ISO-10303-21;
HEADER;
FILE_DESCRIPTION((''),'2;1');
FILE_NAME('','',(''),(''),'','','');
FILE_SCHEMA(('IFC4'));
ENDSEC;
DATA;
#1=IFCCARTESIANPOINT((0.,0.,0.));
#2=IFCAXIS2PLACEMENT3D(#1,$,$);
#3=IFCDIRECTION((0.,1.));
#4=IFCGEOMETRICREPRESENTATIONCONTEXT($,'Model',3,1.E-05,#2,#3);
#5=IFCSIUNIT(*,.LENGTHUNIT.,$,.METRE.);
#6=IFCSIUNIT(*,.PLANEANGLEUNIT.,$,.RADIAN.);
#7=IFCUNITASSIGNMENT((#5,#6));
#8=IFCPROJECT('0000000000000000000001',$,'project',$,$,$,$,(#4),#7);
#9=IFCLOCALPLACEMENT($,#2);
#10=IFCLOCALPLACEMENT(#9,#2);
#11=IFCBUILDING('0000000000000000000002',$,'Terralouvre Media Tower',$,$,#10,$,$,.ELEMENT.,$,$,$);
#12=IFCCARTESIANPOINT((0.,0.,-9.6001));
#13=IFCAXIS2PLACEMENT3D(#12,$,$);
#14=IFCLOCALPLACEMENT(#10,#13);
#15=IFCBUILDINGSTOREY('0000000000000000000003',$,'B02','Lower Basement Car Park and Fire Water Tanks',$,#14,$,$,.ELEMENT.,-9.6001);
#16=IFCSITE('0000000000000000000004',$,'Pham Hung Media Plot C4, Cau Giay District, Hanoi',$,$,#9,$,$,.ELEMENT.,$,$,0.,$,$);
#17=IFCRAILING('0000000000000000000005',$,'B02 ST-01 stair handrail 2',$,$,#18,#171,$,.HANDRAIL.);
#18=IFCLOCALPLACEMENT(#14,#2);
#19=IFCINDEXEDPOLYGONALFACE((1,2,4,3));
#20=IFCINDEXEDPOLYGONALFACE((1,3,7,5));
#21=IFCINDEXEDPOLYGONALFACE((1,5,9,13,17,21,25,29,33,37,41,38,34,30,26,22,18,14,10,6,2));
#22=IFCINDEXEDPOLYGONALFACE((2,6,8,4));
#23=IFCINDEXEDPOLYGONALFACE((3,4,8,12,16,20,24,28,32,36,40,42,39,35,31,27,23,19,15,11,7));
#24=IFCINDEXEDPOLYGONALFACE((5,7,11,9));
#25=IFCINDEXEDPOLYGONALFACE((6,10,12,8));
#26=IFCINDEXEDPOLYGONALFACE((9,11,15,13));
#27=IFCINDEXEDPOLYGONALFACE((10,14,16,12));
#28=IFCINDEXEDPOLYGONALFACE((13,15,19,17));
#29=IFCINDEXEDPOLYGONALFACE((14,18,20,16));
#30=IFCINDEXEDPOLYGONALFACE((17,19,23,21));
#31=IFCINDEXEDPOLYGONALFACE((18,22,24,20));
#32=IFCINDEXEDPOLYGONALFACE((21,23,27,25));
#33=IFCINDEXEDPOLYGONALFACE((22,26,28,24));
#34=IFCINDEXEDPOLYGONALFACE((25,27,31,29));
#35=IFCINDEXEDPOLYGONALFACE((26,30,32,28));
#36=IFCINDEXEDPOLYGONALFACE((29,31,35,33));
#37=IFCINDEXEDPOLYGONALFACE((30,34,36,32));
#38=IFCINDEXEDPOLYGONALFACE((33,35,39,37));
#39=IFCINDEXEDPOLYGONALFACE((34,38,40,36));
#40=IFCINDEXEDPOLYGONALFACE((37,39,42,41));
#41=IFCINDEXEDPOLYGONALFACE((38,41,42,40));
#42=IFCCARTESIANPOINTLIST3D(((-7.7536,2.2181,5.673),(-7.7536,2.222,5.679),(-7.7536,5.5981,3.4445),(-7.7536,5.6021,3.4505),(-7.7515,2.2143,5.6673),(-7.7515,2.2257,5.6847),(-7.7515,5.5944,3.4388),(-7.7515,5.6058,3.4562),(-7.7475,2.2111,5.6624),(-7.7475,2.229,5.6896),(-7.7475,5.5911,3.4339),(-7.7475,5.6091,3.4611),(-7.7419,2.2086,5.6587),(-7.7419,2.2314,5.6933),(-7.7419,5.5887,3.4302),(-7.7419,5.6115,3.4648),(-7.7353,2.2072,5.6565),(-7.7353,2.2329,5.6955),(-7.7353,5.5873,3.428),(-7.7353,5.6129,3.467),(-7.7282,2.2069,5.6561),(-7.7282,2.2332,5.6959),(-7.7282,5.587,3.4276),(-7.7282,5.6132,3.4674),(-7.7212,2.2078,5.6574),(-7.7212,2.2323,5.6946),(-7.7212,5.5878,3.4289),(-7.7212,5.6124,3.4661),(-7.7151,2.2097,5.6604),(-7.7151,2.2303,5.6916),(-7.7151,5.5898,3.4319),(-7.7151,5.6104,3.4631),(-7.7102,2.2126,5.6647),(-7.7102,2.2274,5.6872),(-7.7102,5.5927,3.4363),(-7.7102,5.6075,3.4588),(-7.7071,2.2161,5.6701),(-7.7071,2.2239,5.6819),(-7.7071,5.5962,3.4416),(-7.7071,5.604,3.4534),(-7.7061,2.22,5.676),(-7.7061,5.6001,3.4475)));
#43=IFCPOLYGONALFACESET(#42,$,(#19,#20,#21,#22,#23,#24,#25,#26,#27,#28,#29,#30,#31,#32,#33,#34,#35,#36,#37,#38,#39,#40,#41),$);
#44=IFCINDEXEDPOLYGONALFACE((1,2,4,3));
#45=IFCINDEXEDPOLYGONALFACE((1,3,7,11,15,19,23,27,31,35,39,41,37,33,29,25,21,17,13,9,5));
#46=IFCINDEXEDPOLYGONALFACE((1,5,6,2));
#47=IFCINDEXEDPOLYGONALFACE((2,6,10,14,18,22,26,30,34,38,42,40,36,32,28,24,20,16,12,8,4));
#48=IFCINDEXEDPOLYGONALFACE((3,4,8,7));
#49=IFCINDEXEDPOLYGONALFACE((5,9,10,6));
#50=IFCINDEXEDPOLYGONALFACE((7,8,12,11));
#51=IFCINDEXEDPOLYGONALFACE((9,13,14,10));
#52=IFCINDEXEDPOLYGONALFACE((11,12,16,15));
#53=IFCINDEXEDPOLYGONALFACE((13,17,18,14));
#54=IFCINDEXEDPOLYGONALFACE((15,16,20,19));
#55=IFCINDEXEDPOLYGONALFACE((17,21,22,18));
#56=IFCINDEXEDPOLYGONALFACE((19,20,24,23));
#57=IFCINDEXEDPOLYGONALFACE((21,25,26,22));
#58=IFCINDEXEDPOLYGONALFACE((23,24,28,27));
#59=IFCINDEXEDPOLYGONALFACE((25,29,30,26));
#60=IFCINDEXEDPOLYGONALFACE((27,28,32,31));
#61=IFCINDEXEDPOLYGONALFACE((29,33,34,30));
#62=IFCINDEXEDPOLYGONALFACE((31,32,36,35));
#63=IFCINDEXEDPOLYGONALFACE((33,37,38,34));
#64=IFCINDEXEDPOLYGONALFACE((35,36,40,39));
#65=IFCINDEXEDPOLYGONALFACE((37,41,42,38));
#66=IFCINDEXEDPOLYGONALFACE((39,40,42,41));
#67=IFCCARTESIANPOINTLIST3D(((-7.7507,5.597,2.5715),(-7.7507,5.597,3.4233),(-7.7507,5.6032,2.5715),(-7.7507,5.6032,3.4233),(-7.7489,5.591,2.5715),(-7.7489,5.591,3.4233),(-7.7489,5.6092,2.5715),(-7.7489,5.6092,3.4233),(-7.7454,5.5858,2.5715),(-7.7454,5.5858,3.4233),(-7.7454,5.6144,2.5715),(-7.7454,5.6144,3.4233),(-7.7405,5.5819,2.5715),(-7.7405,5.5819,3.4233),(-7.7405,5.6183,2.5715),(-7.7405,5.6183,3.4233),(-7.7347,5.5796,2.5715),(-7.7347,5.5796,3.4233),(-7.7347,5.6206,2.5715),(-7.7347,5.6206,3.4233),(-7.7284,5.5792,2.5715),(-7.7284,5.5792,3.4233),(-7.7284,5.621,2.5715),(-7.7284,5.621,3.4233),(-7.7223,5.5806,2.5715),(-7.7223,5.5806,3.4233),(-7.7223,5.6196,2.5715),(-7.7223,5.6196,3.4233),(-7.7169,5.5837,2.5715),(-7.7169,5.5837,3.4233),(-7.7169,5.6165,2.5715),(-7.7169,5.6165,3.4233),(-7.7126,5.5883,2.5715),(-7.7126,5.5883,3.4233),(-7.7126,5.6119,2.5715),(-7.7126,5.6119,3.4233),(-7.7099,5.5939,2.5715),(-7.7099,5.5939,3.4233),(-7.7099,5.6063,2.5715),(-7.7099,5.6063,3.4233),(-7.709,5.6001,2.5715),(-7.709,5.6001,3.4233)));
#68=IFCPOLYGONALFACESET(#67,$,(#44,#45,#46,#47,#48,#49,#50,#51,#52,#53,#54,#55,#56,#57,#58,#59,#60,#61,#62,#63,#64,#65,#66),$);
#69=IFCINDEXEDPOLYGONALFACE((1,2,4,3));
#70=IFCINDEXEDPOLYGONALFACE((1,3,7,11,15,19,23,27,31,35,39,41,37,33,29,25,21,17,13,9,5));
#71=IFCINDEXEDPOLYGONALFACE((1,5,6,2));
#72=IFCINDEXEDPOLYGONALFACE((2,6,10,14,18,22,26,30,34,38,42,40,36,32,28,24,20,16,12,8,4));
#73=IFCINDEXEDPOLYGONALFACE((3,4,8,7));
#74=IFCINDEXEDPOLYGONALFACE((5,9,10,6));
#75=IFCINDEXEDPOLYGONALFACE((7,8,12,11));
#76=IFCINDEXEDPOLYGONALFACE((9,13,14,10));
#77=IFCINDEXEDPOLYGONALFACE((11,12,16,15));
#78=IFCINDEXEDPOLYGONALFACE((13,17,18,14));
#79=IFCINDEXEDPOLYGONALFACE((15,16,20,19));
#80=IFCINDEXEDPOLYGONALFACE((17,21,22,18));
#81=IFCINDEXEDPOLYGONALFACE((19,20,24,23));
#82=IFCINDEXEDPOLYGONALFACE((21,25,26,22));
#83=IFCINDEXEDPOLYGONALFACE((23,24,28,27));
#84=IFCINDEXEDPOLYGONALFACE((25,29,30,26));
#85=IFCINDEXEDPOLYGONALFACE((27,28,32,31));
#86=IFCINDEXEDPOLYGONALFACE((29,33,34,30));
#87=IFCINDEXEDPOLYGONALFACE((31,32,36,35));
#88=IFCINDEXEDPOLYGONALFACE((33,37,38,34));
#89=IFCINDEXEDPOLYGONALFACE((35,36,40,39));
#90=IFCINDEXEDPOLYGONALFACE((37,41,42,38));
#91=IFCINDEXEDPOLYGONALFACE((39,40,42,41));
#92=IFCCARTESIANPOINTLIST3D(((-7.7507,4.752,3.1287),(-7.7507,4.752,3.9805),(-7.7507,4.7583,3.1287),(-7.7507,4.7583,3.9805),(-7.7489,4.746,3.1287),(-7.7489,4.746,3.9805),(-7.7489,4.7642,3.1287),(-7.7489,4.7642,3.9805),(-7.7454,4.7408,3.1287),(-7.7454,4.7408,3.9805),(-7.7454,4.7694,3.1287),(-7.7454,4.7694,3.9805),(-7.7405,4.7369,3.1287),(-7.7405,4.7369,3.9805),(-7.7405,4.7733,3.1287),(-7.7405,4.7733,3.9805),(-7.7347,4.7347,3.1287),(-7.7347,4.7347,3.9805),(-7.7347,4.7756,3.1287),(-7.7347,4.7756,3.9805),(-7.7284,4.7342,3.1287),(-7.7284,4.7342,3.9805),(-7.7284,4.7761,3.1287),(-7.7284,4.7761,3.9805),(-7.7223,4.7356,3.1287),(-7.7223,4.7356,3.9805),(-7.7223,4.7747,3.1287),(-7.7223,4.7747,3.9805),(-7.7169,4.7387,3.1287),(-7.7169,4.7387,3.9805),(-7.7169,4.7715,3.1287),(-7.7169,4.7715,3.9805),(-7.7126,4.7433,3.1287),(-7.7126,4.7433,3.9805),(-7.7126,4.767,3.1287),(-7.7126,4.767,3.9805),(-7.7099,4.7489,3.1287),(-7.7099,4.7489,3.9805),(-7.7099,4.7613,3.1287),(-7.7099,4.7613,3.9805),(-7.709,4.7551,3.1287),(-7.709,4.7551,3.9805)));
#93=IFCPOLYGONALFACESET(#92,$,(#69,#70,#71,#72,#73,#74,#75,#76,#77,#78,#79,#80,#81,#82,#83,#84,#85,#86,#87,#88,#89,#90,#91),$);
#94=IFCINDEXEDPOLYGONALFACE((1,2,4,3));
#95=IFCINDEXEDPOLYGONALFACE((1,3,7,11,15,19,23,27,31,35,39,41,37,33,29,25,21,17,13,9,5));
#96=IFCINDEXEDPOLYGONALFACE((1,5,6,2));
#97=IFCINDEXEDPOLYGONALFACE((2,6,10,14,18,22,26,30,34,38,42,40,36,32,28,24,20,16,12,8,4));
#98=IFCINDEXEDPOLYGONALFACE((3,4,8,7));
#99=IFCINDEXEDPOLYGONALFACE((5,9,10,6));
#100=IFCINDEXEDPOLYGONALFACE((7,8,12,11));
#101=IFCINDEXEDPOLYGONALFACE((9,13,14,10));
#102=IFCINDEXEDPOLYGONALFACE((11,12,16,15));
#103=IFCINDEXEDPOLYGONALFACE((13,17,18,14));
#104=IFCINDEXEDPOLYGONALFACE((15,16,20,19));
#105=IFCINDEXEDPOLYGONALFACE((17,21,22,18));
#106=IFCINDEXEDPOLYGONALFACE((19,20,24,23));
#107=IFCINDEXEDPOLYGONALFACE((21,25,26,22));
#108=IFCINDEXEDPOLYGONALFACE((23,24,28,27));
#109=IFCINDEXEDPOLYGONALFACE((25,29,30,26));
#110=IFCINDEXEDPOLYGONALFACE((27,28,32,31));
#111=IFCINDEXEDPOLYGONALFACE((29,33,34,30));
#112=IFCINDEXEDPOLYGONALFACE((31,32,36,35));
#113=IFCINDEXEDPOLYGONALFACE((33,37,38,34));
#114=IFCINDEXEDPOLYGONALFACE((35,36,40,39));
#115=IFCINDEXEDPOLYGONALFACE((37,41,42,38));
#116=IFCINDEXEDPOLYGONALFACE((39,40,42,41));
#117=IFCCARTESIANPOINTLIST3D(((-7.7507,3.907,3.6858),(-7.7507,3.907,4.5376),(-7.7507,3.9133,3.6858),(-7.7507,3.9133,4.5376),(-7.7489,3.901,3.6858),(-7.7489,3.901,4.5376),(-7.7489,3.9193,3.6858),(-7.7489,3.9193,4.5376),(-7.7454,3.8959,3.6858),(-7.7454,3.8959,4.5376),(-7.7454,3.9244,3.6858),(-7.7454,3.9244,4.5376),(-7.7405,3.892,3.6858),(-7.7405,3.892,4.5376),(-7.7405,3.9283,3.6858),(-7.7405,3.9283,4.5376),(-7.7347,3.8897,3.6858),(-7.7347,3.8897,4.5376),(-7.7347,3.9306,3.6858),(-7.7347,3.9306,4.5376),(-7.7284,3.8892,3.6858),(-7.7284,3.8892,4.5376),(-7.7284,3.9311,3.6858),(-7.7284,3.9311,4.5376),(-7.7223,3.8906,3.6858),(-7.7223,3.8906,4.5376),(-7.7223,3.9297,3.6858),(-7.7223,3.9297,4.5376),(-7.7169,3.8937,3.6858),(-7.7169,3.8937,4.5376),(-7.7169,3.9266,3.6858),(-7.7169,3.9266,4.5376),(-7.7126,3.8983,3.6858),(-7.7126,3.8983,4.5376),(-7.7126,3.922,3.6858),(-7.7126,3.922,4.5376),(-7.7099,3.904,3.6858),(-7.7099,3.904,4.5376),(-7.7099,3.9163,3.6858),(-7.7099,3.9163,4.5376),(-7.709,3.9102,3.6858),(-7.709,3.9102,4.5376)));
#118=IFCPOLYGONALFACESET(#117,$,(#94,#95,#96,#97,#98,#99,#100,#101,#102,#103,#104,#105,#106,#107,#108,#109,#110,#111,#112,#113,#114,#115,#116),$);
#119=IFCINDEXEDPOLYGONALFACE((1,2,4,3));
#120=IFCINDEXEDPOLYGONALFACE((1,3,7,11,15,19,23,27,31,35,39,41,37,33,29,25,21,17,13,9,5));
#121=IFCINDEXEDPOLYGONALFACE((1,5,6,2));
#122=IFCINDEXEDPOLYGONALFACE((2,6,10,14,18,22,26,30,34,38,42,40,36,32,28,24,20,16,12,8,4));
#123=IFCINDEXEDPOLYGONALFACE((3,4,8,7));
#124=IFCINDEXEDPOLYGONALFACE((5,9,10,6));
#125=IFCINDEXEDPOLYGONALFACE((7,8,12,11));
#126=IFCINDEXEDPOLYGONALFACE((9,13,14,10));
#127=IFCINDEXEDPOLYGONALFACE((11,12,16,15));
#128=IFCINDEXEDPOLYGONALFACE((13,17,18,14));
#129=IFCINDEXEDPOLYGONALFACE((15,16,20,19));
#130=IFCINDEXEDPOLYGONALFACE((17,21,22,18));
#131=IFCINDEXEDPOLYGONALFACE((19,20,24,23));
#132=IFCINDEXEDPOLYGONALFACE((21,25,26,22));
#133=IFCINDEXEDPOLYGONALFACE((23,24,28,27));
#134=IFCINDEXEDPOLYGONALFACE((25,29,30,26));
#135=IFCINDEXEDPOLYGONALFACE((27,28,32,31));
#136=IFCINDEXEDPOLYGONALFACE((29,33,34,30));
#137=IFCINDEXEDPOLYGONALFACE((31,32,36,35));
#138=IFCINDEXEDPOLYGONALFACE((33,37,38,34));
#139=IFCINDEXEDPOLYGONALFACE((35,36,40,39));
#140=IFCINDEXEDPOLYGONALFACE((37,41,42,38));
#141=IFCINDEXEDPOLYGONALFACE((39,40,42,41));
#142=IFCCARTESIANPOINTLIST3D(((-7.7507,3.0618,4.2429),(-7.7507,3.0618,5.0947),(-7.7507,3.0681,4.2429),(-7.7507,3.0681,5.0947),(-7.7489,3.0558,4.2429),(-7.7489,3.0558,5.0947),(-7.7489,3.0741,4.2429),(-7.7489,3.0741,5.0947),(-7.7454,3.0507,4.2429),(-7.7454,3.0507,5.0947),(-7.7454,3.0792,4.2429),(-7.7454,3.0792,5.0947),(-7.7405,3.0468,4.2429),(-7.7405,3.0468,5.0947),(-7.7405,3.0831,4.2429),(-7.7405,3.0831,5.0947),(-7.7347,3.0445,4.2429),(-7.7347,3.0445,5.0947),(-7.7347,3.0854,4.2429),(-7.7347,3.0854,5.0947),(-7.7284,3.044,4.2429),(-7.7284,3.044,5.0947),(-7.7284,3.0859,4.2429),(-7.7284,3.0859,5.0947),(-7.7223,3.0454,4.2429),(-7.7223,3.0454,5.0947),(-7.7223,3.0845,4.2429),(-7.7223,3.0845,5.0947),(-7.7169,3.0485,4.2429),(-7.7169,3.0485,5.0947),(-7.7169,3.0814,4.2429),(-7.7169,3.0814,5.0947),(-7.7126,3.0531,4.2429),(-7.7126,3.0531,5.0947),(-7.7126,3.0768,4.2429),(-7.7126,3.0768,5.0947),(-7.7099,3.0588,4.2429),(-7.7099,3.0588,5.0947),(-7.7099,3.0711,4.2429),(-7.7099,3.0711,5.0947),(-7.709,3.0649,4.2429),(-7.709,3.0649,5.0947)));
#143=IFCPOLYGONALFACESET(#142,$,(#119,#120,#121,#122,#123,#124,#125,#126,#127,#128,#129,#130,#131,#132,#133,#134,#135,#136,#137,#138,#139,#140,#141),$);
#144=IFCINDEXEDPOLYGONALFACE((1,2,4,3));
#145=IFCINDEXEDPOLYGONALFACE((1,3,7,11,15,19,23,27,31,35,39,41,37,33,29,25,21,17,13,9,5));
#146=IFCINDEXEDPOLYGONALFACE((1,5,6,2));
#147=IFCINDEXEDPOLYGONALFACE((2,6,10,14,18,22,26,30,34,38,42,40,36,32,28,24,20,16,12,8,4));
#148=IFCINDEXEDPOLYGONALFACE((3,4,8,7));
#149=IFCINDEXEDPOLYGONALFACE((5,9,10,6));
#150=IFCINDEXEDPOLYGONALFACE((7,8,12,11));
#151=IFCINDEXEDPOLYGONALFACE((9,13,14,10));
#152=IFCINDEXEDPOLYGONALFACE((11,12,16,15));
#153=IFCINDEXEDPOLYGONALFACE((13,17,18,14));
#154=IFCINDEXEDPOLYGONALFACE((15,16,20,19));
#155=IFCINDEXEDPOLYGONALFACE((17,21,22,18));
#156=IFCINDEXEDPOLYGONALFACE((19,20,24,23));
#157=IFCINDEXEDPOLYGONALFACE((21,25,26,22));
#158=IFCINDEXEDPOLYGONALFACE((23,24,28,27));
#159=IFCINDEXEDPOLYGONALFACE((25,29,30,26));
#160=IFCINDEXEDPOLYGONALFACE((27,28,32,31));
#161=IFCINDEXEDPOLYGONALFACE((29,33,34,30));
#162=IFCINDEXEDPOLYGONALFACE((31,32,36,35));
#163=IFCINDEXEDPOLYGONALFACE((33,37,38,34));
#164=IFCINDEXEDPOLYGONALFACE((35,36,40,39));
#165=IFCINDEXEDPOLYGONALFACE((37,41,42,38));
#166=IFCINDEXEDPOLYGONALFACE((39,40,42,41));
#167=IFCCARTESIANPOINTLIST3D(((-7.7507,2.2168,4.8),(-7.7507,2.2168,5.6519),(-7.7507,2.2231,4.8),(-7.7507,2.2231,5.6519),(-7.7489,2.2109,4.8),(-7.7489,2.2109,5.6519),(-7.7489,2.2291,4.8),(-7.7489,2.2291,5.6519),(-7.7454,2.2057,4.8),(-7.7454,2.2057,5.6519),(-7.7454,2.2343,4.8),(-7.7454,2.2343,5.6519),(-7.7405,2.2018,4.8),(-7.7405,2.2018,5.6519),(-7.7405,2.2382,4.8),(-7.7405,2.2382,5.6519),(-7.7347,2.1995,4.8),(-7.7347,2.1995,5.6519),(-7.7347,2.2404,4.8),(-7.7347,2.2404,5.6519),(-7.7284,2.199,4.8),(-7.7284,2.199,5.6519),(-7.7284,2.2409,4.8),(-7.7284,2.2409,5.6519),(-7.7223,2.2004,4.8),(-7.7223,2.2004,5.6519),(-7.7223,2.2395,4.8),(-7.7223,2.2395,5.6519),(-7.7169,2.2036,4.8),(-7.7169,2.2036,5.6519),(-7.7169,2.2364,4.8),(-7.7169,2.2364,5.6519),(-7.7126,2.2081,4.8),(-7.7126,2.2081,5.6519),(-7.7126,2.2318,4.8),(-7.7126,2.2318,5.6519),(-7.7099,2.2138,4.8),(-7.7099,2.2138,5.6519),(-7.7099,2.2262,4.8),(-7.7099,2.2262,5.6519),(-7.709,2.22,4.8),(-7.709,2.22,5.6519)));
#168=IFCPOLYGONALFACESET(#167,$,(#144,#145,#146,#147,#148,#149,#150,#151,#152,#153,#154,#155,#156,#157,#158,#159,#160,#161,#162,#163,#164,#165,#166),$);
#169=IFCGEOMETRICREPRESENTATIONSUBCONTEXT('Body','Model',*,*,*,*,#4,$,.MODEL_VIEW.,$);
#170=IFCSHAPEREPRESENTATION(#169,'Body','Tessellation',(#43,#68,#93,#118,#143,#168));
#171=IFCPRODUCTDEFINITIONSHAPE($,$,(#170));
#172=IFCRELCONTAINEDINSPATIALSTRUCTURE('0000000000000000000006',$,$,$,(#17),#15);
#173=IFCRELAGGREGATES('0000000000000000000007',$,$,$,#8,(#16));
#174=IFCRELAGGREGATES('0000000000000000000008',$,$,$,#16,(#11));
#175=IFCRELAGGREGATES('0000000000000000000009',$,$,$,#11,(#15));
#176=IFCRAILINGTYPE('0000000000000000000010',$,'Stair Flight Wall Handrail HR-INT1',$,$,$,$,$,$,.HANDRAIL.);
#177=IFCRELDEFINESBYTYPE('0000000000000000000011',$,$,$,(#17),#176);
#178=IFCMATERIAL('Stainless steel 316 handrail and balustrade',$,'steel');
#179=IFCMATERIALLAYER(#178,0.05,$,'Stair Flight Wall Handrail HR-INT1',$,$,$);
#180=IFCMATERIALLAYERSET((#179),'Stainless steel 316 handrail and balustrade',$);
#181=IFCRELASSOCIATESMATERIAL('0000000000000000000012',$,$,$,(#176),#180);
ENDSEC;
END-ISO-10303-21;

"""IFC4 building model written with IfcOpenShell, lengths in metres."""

from ifc_helpers import new_model, si_unit, direction, frame, origin, origin_2d, place, context, subcontext, project, spatial, circle, extrude, material, layer, layer_set, type_object, element, save


model = new_model("IFC4")

# Units and contexts
model_context = context("Model", 3, precision=1e-05, world=origin(), true_north=direction((0.0, 1.0)))
body_context = subcontext(model_context, "Body", "Model", "MODEL_VIEW")
ifc_project = project(units=[si_unit("LENGTHUNIT", "METRE"), si_unit("PLANEANGLEUNIT", "RADIAN")], contexts=[model_context])

# Site, building, storey
site_placement = place(None, origin())
site = spatial("IfcSite", under=ifc_project, at=site_placement, Name="Pham Hung Media Plot C4, Cau Giay District, Hanoi", CompositionType="ELEMENT", RefElevation=0.0)
building_placement = place(site_placement, origin())
building = spatial("IfcBuilding", under=site, at=building_placement, Name="Terralouvre Media Tower", CompositionType="ELEMENT")
storey_placement = place(building_placement, frame((0.0, 0.0, -9.6001)))
storey = spatial("IfcBuildingStorey", under=building, at=storey_placement, Name="B02", Description="Lower Basement Car Park and Fire Water Tanks", CompositionType="ELEMENT", Elevation=-9.6001)

# Railing
ifc_material_1 = material(Name="Stainless steel 316 handrail and balustrade", Category="steel")
ifc_layer_1 = layer(ifc_material_1, 0.05, Name="Stair Flight Wall Handrail HR-INT1")
ifc_layer_set_1 = layer_set([ifc_layer_1], Name="Stainless steel 316 handrail and balustrade")
railing_type_1 = type_object("IfcRailingType", Name="Stair Flight Wall Handrail HR-INT1", PredefinedType="HANDRAIL", material=ifc_layer_set_1)
railing_1_placement = place(storey_placement, frame((-7.73, 5.6001, 2.5715)))
element("IfcRailing", 1, at=railing_1_placement, inside=storey, type_object=railing_type_1, Name="B02 ST-01 stair handrail 2", PredefinedType="HANDRAIL", context=body_context, shape_type="SweptSolid", body=[
    extrude(circle(Radius=0.0239, at=origin_2d()), frame((0.0, 0.0, 0.876), z_axis=(0.0, -0.834878, 0.550435), x_axis=(1.0, 0.0, 0.0)), (0.0, 0.0, 1.0), 4.0486),
    extrude(circle(Radius=0.021, at=origin_2d()), origin(), (0.0, 0.0, 1.0), 0.8518),
    extrude(circle(Radius=0.021, at=origin_2d()), frame((0.0, -0.845, 0.5571)), (0.0, 0.0, 1.0), 0.8518),
    extrude(circle(Radius=0.021, at=origin_2d()), frame((0.0, -1.6899, 1.1143)), (0.0, 0.0, 1.0), 0.8518),
    extrude(circle(Radius=0.021, at=origin_2d()), frame((0.0, -2.5352, 1.6714)), (0.0, 0.0, 1.0), 0.8518),
    extrude(circle(Radius=0.021, at=origin_2d()), frame((0.0, -3.3801, 2.2285)), (0.0, 0.0, 1.0), 0.8518),
])

save(model, "model.ifc")
